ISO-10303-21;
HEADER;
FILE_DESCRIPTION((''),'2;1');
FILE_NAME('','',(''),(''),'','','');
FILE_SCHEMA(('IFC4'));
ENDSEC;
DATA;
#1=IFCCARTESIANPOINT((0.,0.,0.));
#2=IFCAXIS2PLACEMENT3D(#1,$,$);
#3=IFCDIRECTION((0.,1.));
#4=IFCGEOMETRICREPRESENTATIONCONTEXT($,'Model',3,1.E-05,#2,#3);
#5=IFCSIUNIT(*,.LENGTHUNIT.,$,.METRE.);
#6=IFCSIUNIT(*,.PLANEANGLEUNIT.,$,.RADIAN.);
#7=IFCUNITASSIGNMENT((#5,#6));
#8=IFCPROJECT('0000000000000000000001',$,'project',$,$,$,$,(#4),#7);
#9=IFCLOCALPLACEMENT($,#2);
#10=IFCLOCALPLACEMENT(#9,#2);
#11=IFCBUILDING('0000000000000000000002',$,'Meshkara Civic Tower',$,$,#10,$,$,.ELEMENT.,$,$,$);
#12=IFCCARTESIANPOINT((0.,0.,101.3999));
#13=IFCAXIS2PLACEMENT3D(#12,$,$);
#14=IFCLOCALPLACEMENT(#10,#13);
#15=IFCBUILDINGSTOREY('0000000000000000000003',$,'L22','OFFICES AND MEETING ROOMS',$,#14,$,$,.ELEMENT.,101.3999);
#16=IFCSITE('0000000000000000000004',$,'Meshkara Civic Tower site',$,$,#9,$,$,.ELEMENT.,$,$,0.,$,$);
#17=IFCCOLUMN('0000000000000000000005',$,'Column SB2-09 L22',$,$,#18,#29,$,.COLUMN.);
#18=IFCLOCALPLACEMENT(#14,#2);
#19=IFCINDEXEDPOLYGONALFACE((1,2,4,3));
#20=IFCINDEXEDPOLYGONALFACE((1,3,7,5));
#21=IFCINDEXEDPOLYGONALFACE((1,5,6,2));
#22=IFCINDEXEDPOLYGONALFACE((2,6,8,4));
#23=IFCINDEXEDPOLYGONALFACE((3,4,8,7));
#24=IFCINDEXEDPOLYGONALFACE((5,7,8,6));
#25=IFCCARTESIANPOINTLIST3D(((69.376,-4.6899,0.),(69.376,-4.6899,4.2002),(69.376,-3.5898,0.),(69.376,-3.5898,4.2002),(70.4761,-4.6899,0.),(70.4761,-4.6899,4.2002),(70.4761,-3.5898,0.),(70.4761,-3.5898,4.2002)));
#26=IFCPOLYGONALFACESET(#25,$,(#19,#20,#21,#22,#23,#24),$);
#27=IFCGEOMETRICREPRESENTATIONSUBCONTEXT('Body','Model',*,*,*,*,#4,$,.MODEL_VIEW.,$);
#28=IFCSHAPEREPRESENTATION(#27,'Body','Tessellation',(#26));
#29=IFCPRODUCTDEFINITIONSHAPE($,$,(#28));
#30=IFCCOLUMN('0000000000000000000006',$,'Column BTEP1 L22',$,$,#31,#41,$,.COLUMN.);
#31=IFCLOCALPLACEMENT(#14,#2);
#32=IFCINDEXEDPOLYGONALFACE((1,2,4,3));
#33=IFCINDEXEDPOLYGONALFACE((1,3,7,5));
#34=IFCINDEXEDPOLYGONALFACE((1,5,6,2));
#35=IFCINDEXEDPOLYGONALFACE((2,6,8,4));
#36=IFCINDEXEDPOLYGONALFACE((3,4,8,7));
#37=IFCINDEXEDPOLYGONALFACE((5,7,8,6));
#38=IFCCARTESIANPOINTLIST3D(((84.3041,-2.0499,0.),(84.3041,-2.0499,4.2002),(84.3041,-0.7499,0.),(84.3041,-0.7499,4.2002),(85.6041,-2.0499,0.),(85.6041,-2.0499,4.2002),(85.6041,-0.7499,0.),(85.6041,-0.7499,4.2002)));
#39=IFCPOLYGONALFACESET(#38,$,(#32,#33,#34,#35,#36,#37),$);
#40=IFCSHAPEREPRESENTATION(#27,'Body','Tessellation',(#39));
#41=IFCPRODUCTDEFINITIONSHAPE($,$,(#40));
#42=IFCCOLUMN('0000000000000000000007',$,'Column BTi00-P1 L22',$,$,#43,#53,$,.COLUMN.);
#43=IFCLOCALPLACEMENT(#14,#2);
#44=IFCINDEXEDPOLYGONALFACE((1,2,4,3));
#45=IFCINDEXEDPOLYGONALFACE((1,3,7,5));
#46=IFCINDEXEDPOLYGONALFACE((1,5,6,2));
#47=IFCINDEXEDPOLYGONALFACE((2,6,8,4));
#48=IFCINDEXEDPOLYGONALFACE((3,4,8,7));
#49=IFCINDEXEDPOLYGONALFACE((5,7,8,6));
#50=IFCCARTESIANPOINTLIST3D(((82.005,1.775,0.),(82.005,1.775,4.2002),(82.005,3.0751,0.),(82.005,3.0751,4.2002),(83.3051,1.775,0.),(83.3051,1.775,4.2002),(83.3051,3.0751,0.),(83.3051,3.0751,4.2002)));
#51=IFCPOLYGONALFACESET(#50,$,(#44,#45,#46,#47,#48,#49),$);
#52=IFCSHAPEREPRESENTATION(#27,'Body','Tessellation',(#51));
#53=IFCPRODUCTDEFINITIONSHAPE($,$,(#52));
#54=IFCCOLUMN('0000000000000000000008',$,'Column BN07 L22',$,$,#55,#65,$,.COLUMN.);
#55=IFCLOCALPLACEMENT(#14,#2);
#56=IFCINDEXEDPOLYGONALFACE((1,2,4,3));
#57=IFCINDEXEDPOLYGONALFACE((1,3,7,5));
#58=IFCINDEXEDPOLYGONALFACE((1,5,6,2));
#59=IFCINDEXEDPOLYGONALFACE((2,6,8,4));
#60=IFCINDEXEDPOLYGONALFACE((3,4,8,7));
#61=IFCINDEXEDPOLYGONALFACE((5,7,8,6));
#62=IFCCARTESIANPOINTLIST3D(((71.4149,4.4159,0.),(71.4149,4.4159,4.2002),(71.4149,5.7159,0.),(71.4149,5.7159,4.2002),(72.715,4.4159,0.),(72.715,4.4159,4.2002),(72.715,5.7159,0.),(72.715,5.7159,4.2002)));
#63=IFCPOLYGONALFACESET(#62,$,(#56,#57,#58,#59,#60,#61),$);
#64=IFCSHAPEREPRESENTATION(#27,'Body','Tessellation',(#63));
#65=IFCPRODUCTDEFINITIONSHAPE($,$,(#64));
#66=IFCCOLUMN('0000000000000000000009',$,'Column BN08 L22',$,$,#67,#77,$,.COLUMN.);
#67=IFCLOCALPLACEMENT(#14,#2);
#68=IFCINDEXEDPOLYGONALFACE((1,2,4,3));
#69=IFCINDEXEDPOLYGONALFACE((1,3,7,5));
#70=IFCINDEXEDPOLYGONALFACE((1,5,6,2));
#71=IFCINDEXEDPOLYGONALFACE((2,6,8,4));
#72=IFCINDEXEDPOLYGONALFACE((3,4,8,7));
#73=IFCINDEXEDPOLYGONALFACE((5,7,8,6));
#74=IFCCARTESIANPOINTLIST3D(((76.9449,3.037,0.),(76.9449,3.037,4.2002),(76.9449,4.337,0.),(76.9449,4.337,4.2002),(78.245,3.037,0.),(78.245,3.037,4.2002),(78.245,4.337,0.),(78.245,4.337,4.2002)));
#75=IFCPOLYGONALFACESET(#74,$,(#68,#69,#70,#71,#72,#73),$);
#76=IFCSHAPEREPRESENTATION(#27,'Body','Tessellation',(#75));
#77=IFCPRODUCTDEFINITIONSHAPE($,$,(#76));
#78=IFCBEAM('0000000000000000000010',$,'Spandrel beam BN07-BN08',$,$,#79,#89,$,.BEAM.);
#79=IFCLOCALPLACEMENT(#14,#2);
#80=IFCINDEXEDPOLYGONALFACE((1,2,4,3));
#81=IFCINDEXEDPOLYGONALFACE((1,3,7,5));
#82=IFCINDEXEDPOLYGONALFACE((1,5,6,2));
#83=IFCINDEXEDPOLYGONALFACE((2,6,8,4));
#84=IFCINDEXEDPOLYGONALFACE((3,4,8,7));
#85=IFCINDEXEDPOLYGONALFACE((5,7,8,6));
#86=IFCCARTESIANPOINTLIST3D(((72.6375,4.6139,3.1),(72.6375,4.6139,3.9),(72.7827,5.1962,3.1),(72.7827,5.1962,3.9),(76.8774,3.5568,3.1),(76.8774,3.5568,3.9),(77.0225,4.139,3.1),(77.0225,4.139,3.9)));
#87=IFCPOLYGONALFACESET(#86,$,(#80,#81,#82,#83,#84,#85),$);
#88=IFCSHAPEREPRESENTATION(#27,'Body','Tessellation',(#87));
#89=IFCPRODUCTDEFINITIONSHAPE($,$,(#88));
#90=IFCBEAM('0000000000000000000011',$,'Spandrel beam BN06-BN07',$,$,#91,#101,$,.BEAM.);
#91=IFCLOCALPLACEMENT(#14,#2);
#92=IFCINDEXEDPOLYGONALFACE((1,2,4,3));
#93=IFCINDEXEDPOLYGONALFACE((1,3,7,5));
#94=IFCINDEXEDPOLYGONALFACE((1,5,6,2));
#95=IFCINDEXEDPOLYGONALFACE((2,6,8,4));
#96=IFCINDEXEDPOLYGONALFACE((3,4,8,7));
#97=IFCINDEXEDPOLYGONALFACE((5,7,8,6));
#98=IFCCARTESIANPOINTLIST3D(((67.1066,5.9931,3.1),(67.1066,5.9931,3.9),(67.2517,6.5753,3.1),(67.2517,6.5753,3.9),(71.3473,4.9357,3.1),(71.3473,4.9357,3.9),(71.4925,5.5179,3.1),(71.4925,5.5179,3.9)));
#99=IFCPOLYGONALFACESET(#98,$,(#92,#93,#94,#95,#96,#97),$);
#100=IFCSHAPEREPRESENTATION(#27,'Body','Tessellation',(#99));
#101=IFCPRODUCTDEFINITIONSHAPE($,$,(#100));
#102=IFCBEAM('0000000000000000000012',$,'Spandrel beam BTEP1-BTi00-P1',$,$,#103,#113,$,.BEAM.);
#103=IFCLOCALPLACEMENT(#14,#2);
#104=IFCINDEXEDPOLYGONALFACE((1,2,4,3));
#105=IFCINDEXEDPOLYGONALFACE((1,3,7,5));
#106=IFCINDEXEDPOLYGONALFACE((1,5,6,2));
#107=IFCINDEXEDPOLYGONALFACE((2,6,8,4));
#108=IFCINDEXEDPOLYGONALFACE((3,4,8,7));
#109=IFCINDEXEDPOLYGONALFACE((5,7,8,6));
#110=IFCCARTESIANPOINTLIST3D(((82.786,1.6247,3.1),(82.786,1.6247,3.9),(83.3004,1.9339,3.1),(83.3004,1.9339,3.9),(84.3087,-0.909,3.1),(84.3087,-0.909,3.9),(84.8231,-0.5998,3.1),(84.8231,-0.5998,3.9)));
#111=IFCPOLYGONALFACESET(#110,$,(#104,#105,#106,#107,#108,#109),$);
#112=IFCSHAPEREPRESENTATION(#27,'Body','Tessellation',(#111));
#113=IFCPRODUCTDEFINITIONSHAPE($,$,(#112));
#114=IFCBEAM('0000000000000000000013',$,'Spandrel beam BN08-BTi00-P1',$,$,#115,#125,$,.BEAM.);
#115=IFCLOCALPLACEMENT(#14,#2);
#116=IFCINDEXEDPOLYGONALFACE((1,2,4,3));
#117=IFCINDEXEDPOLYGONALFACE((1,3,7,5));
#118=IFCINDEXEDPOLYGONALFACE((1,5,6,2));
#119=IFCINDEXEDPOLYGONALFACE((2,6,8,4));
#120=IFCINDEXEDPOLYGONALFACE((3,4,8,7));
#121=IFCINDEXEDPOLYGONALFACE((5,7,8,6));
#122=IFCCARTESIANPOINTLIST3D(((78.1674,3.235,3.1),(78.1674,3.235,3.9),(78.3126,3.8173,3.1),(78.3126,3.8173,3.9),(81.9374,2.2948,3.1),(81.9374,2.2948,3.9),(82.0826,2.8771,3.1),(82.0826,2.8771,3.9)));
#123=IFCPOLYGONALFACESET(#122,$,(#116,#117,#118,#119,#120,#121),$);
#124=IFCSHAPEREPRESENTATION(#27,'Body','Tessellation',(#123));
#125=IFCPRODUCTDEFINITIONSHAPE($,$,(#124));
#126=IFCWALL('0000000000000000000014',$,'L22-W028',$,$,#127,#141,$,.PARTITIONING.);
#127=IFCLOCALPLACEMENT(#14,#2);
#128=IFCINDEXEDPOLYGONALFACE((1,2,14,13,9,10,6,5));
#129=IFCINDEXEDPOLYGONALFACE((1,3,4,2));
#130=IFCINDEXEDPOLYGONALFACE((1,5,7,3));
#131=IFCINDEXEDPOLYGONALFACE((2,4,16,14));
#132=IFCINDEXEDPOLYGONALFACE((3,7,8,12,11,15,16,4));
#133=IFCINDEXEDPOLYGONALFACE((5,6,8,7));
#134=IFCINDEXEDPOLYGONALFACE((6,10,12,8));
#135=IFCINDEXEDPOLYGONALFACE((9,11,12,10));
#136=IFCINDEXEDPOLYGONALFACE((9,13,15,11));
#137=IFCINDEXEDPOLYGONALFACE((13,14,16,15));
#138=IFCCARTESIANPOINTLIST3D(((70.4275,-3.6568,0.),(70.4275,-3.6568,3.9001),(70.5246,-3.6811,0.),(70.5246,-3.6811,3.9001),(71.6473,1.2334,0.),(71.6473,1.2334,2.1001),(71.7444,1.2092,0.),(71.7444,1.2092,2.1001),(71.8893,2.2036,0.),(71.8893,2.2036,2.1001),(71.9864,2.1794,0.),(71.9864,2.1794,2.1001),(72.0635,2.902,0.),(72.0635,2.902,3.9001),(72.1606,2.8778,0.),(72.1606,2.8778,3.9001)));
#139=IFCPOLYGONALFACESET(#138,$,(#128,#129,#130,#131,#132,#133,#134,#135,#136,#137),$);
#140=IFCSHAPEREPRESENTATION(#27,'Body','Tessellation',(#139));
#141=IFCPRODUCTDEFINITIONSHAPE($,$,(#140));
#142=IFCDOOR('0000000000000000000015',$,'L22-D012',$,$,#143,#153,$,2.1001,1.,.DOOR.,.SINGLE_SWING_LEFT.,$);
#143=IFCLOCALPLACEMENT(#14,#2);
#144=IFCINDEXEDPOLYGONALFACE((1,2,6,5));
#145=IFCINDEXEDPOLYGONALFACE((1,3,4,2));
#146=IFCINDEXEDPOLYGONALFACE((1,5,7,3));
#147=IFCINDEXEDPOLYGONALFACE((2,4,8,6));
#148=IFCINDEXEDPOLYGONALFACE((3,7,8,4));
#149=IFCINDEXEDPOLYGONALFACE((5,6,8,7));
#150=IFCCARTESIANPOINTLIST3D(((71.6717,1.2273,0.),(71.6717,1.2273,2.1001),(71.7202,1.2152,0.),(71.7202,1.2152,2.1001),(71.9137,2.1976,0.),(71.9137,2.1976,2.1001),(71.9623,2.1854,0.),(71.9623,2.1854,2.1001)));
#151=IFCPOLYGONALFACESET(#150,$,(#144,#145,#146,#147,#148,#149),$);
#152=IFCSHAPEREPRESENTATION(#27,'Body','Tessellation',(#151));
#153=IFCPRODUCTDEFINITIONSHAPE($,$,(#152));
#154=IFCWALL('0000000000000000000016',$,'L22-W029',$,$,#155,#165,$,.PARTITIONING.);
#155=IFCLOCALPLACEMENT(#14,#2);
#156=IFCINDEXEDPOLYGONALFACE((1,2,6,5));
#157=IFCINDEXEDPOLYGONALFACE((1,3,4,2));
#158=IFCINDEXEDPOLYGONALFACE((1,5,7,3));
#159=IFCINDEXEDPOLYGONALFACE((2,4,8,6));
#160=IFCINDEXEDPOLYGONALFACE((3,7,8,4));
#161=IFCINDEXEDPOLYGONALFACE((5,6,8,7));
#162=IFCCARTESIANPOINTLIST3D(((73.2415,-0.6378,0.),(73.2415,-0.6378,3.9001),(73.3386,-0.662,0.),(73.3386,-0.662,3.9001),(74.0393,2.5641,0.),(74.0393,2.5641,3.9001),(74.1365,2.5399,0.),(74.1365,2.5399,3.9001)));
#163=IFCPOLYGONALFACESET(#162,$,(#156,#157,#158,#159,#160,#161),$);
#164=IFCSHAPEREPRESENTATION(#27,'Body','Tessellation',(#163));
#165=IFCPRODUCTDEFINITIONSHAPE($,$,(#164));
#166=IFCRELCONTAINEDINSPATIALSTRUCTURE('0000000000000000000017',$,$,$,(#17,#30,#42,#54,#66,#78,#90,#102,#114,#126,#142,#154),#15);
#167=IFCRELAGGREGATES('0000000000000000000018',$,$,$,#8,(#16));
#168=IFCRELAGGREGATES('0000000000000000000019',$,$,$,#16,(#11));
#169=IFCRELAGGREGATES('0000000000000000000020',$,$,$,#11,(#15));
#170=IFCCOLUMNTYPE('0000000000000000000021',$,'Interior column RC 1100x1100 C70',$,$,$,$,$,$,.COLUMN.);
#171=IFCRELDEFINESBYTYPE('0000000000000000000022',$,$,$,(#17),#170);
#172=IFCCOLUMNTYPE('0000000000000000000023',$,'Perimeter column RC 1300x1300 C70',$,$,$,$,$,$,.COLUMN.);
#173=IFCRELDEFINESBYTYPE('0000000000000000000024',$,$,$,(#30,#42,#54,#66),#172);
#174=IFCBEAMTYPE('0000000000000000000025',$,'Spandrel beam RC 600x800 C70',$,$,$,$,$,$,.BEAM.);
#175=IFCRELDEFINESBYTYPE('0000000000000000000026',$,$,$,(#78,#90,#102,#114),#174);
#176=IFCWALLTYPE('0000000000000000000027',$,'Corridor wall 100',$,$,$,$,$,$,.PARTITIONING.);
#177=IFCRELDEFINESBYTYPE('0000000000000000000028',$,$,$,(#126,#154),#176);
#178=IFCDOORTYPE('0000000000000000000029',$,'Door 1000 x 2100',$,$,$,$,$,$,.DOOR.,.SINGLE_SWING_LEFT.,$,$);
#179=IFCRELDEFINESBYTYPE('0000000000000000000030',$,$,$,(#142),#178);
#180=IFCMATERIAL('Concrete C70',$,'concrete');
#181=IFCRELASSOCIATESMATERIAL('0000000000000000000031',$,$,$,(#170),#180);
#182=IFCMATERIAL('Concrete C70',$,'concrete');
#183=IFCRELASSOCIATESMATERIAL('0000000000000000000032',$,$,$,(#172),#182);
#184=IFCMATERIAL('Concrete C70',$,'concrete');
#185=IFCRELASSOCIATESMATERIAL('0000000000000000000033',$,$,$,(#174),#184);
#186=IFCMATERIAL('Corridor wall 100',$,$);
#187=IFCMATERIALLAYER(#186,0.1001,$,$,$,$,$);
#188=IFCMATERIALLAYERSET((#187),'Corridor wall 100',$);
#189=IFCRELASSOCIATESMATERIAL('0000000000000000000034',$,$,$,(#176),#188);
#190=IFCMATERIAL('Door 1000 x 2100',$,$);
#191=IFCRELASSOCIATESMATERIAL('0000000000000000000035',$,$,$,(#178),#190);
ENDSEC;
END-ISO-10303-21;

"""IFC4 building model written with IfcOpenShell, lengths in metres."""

from ifc_helpers import new_model, si_unit, direction, frame, frame_2d, origin, origin_2d, place, context, subcontext, project, spatial, rectangle, extrude, material, layer, layer_set, material_profile, profile_set, type_object, element, fill, save


model = new_model("IFC4")

# Units and contexts
model_context = context("Model", 3, precision=1e-05, world=origin(), true_north=direction((0.0, 1.0)))
body_context = subcontext(model_context, "Body", "Model", "MODEL_VIEW")
ifc_project = project(units=[si_unit("LENGTHUNIT", "METRE"), si_unit("PLANEANGLEUNIT", "RADIAN")], contexts=[model_context])

# Site, building, storey
site_placement = place(None, origin())
site = spatial("IfcSite", under=ifc_project, at=site_placement, Name="Meshkara Civic Tower site", CompositionType="ELEMENT", RefElevation=0.0)
building_placement = place(site_placement, origin())
building = spatial("IfcBuilding", under=site, at=building_placement, Name="Meshkara Civic Tower", CompositionType="ELEMENT")
storey_placement = place(building_placement, frame((0.0, 0.0, 101.3999)))
storey = spatial("IfcBuildingStorey", under=building, at=storey_placement, Name="L22", Description="OFFICES AND MEETING ROOMS", CompositionType="ELEMENT", Elevation=101.3999)

# Columns
ifc_material_1 = material(Name="Concrete C70", Category="concrete")
ifc_material_profile_1 = material_profile(ifc_material_1, rectangle(XDim=1.1001, YDim=1.1001, at=origin_2d()))
ifc_profile_set_1 = profile_set([ifc_material_profile_1], Name="Concrete C70")
column_type_1 = type_object("IfcColumnType", Name="Interior column RC 1100x1100 C70", PredefinedType="COLUMN", material=ifc_profile_set_1)
column_placement = place(storey_placement, frame((69.926, -4.1399, 0.0), z_axis=(0.0, 0.0, 1.0), x_axis=(1.0, 0.0, 0.0)))
element("IfcColumn", 1, at=column_placement, inside=storey, type_object=column_type_1, Name="Column SB2-09 L22", PredefinedType="COLUMN", context=body_context, shape_type="SweptSolid", body=[
    extrude(rectangle(XDim=1.1001, YDim=1.1001, at=origin_2d()), origin(), (0.0, 0.0, 1.0), 4.2002),
])
ifc_material_2 = material(Name="Concrete C70", Category="concrete")
ifc_material_profile_2 = material_profile(ifc_material_2, rectangle(XDim=1.3, YDim=1.3, at=origin_2d()))
ifc_profile_set_2 = profile_set([ifc_material_profile_2], Name="Concrete C70")
column_type_2 = type_object("IfcColumnType", Name="Perimeter column RC 1300x1300 C70", PredefinedType="COLUMN", material=ifc_profile_set_2)
for number, where, z_axis, x_axis, name in (
    (2, (84.9541, -1.3999, 0.0), (0.0, 0.0, 1.0), (1.0, 0.0, 0.0), "Column BTEP1 L22"),
    (3, (82.655, 2.425, 0.0), (0.0, 0.0, 1.0), (1.0, 0.0, 0.0), "Column BTi00-P1 L22"),
    (4, (72.0649, 5.0659, 0.0), (0.0, 0.0, 1.0), (1.0, 0.0, 0.0), "Column BN07 L22"),
    (5, (77.595, 3.687, 0.0), (0.0, 0.0, 1.0), (1.0, 0.0, 0.0), "Column BN08 L22"),
):
    element("IfcColumn", number, at=place(storey_placement, frame(where, z_axis=z_axis, x_axis=x_axis)), inside=storey, type_object=column_type_2, Name=name, PredefinedType="COLUMN", context=body_context, shape_type="SweptSolid", body=[
        extrude(rectangle(XDim=1.3, YDim=1.3, at=origin_2d()), origin(), (0.0, 0.0, 1.0), 4.2002),
    ])

# Beams
ifc_material_3 = material(Name="Concrete C70", Category="concrete")
ifc_material_profile_3 = material_profile(ifc_material_3, rectangle(XDim=0.6001, YDim=0.8, at=origin_2d()))
ifc_profile_set_3 = profile_set([ifc_material_profile_3], Name="Concrete C70")
beam_type = type_object("IfcBeamType", Name="Spandrel beam RC 600x800 C70", PredefinedType="BEAM", material=ifc_profile_set_3)
beam_1_placement = place(storey_placement, frame((76.95, 3.8479, 3.5), z_axis=(-0.970293, 0.241931, 0.0), x_axis=(-0.241931, -0.970293, 0.0)))
element("IfcBeam", 6, at=beam_1_placement, inside=storey, type_object=beam_type, Name="Spandrel beam BN07-BN08", PredefinedType="BEAM", context=body_context, shape_type="SweptSolid", body=[
    extrude(rectangle(XDim=0.6001, YDim=0.8, at=origin_2d()), origin(), (0.0, 0.0, 1.0), 4.3696),
])
beam_2_placement = place(storey_placement, frame((71.4199, 5.2268, 3.5), z_axis=(-0.970293, 0.241931, 0.0), x_axis=(-0.241931, -0.970293, 0.0)))
element("IfcBeam", 7, at=beam_2_placement, inside=storey, type_object=beam_type, Name="Spandrel beam BN06-BN07", PredefinedType="BEAM", context=body_context, shape_type="SweptSolid", body=[
    extrude(rectangle(XDim=0.6001, YDim=0.8, at=origin_2d()), origin(), (0.0, 0.0, 1.0), 4.3706),
])
beam_3_placement = place(storey_placement, frame((84.5659, -0.7544, 3.5), z_axis=(-0.515115, 0.857121, 0.0), x_axis=(-0.857121, -0.515115, 0.0)))
element("IfcBeam", 8, at=beam_3_placement, inside=storey, type_object=beam_type, Name="Spandrel beam BTEP1-BTi00-P1", PredefinedType="BEAM", context=body_context, shape_type="SweptSolid", body=[
    extrude(rectangle(XDim=0.6001, YDim=0.8, at=origin_2d()), origin(), (0.0, 0.0, 1.0), 2.9561),
])
beam_4_placement = place(storey_placement, frame((82.01, 2.5859, 3.5), z_axis=(-0.970283, 0.241974, 0.0), x_axis=(-0.241974, -0.970283, 0.0)))
element("IfcBeam", 9, at=beam_4_placement, inside=storey, type_object=beam_type, Name="Spandrel beam BN08-BTi00-P1", PredefinedType="BEAM", context=body_context, shape_type="SweptSolid", body=[
    extrude(rectangle(XDim=0.6001, YDim=0.8, at=origin_2d()), origin(), (0.0, 0.0, 1.0), 3.8855),
])

# Wall, opening, door
ifc_material_4 = material(Name="Corridor wall 100")
ifc_layer_1 = layer(ifc_material_4, 0.1001)
ifc_layer_set_1 = layer_set([ifc_layer_1], Name="Corridor wall 100")
wall_type_1 = type_object("IfcWallType", Name="Corridor wall 100", PredefinedType="PARTITIONING", material=ifc_layer_set_1)
wall_1_placement = place(storey_placement, frame((70.4761, -3.6689, 0.0), z_axis=(0.0, 0.0, 1.0), x_axis=(0.242017, 0.970272, 0.0)))
wall_1 = element("IfcWall", 10, at=wall_1_placement, inside=storey, type_object=wall_type_1, Name="L22-W028", PredefinedType="PARTITIONING", context=body_context, shape_type="SweptSolid", body=[
    extrude(rectangle(XDim=6.7598, YDim=0.1001, at=frame_2d((3.3799, 0.0))), origin(), (0.0, 0.0, 1.0), 3.9001),
])
opening_1_placement = place(wall_1_placement, frame((5.04, 0.0, 0.0)))
opening_1 = element("IfcOpeningElement", 11, at=opening_1_placement, cuts=wall_1, PredefinedType="OPENING", context=body_context, shape_type="SweptSolid", body=[
    extrude(rectangle(XDim=1.0, YDim=2.1001, at=frame_2d((0.5, 1.05))), frame((0.0, 0.0601, 0.0), z_axis=(0.0, -1.0, 0.0), x_axis=(1.0, 0.0, 0.0)), (0.0, 0.0, 1.0), 0.1201),
])
ifc_material_5 = material(Name="Door 1000 x 2100")
door_type = type_object("IfcDoorType", Name="Door 1000 x 2100", OperationType="SINGLE_SWING_LEFT", PredefinedType="DOOR", material=ifc_material_5)
door_1_placement = place(opening_1_placement, origin())
door_1 = element("IfcDoor", 12, at=door_1_placement, inside=storey, type_object=door_type, Name="L22-D012", OperationType="SINGLE_SWING_LEFT", OverallHeight=2.1001, OverallWidth=1.0, PredefinedType="DOOR", context=body_context, shape_type="SweptSolid", body=[
    extrude(rectangle(XDim=1.0, YDim=2.1001, at=frame_2d((0.5, 1.05))), frame((0.0, 0.0249, 0.0), z_axis=(0.0, -1.0, 0.0), x_axis=(1.0, 0.0, 0.0)), (0.0, 0.0, 1.0), 0.05),
])
fill(opening_1, door_1)

# Wall
wall_2_placement = place(storey_placement, frame((73.29, -0.6499, 0.0), z_axis=(0.0, 0.0, 1.0), x_axis=(0.241787, 0.970329, 0.0)))
element("IfcWall", 13, at=wall_2_placement, inside=storey, type_object=wall_type_1, Name="L22-W029", PredefinedType="PARTITIONING", context=body_context, shape_type="SweptSolid", body=[
    extrude(rectangle(XDim=3.2998, YDim=0.1001, at=frame_2d((1.6499, 0.0))), origin(), (0.0, 0.0, 1.0), 3.9001),
])

save(model, "model.ifc")
